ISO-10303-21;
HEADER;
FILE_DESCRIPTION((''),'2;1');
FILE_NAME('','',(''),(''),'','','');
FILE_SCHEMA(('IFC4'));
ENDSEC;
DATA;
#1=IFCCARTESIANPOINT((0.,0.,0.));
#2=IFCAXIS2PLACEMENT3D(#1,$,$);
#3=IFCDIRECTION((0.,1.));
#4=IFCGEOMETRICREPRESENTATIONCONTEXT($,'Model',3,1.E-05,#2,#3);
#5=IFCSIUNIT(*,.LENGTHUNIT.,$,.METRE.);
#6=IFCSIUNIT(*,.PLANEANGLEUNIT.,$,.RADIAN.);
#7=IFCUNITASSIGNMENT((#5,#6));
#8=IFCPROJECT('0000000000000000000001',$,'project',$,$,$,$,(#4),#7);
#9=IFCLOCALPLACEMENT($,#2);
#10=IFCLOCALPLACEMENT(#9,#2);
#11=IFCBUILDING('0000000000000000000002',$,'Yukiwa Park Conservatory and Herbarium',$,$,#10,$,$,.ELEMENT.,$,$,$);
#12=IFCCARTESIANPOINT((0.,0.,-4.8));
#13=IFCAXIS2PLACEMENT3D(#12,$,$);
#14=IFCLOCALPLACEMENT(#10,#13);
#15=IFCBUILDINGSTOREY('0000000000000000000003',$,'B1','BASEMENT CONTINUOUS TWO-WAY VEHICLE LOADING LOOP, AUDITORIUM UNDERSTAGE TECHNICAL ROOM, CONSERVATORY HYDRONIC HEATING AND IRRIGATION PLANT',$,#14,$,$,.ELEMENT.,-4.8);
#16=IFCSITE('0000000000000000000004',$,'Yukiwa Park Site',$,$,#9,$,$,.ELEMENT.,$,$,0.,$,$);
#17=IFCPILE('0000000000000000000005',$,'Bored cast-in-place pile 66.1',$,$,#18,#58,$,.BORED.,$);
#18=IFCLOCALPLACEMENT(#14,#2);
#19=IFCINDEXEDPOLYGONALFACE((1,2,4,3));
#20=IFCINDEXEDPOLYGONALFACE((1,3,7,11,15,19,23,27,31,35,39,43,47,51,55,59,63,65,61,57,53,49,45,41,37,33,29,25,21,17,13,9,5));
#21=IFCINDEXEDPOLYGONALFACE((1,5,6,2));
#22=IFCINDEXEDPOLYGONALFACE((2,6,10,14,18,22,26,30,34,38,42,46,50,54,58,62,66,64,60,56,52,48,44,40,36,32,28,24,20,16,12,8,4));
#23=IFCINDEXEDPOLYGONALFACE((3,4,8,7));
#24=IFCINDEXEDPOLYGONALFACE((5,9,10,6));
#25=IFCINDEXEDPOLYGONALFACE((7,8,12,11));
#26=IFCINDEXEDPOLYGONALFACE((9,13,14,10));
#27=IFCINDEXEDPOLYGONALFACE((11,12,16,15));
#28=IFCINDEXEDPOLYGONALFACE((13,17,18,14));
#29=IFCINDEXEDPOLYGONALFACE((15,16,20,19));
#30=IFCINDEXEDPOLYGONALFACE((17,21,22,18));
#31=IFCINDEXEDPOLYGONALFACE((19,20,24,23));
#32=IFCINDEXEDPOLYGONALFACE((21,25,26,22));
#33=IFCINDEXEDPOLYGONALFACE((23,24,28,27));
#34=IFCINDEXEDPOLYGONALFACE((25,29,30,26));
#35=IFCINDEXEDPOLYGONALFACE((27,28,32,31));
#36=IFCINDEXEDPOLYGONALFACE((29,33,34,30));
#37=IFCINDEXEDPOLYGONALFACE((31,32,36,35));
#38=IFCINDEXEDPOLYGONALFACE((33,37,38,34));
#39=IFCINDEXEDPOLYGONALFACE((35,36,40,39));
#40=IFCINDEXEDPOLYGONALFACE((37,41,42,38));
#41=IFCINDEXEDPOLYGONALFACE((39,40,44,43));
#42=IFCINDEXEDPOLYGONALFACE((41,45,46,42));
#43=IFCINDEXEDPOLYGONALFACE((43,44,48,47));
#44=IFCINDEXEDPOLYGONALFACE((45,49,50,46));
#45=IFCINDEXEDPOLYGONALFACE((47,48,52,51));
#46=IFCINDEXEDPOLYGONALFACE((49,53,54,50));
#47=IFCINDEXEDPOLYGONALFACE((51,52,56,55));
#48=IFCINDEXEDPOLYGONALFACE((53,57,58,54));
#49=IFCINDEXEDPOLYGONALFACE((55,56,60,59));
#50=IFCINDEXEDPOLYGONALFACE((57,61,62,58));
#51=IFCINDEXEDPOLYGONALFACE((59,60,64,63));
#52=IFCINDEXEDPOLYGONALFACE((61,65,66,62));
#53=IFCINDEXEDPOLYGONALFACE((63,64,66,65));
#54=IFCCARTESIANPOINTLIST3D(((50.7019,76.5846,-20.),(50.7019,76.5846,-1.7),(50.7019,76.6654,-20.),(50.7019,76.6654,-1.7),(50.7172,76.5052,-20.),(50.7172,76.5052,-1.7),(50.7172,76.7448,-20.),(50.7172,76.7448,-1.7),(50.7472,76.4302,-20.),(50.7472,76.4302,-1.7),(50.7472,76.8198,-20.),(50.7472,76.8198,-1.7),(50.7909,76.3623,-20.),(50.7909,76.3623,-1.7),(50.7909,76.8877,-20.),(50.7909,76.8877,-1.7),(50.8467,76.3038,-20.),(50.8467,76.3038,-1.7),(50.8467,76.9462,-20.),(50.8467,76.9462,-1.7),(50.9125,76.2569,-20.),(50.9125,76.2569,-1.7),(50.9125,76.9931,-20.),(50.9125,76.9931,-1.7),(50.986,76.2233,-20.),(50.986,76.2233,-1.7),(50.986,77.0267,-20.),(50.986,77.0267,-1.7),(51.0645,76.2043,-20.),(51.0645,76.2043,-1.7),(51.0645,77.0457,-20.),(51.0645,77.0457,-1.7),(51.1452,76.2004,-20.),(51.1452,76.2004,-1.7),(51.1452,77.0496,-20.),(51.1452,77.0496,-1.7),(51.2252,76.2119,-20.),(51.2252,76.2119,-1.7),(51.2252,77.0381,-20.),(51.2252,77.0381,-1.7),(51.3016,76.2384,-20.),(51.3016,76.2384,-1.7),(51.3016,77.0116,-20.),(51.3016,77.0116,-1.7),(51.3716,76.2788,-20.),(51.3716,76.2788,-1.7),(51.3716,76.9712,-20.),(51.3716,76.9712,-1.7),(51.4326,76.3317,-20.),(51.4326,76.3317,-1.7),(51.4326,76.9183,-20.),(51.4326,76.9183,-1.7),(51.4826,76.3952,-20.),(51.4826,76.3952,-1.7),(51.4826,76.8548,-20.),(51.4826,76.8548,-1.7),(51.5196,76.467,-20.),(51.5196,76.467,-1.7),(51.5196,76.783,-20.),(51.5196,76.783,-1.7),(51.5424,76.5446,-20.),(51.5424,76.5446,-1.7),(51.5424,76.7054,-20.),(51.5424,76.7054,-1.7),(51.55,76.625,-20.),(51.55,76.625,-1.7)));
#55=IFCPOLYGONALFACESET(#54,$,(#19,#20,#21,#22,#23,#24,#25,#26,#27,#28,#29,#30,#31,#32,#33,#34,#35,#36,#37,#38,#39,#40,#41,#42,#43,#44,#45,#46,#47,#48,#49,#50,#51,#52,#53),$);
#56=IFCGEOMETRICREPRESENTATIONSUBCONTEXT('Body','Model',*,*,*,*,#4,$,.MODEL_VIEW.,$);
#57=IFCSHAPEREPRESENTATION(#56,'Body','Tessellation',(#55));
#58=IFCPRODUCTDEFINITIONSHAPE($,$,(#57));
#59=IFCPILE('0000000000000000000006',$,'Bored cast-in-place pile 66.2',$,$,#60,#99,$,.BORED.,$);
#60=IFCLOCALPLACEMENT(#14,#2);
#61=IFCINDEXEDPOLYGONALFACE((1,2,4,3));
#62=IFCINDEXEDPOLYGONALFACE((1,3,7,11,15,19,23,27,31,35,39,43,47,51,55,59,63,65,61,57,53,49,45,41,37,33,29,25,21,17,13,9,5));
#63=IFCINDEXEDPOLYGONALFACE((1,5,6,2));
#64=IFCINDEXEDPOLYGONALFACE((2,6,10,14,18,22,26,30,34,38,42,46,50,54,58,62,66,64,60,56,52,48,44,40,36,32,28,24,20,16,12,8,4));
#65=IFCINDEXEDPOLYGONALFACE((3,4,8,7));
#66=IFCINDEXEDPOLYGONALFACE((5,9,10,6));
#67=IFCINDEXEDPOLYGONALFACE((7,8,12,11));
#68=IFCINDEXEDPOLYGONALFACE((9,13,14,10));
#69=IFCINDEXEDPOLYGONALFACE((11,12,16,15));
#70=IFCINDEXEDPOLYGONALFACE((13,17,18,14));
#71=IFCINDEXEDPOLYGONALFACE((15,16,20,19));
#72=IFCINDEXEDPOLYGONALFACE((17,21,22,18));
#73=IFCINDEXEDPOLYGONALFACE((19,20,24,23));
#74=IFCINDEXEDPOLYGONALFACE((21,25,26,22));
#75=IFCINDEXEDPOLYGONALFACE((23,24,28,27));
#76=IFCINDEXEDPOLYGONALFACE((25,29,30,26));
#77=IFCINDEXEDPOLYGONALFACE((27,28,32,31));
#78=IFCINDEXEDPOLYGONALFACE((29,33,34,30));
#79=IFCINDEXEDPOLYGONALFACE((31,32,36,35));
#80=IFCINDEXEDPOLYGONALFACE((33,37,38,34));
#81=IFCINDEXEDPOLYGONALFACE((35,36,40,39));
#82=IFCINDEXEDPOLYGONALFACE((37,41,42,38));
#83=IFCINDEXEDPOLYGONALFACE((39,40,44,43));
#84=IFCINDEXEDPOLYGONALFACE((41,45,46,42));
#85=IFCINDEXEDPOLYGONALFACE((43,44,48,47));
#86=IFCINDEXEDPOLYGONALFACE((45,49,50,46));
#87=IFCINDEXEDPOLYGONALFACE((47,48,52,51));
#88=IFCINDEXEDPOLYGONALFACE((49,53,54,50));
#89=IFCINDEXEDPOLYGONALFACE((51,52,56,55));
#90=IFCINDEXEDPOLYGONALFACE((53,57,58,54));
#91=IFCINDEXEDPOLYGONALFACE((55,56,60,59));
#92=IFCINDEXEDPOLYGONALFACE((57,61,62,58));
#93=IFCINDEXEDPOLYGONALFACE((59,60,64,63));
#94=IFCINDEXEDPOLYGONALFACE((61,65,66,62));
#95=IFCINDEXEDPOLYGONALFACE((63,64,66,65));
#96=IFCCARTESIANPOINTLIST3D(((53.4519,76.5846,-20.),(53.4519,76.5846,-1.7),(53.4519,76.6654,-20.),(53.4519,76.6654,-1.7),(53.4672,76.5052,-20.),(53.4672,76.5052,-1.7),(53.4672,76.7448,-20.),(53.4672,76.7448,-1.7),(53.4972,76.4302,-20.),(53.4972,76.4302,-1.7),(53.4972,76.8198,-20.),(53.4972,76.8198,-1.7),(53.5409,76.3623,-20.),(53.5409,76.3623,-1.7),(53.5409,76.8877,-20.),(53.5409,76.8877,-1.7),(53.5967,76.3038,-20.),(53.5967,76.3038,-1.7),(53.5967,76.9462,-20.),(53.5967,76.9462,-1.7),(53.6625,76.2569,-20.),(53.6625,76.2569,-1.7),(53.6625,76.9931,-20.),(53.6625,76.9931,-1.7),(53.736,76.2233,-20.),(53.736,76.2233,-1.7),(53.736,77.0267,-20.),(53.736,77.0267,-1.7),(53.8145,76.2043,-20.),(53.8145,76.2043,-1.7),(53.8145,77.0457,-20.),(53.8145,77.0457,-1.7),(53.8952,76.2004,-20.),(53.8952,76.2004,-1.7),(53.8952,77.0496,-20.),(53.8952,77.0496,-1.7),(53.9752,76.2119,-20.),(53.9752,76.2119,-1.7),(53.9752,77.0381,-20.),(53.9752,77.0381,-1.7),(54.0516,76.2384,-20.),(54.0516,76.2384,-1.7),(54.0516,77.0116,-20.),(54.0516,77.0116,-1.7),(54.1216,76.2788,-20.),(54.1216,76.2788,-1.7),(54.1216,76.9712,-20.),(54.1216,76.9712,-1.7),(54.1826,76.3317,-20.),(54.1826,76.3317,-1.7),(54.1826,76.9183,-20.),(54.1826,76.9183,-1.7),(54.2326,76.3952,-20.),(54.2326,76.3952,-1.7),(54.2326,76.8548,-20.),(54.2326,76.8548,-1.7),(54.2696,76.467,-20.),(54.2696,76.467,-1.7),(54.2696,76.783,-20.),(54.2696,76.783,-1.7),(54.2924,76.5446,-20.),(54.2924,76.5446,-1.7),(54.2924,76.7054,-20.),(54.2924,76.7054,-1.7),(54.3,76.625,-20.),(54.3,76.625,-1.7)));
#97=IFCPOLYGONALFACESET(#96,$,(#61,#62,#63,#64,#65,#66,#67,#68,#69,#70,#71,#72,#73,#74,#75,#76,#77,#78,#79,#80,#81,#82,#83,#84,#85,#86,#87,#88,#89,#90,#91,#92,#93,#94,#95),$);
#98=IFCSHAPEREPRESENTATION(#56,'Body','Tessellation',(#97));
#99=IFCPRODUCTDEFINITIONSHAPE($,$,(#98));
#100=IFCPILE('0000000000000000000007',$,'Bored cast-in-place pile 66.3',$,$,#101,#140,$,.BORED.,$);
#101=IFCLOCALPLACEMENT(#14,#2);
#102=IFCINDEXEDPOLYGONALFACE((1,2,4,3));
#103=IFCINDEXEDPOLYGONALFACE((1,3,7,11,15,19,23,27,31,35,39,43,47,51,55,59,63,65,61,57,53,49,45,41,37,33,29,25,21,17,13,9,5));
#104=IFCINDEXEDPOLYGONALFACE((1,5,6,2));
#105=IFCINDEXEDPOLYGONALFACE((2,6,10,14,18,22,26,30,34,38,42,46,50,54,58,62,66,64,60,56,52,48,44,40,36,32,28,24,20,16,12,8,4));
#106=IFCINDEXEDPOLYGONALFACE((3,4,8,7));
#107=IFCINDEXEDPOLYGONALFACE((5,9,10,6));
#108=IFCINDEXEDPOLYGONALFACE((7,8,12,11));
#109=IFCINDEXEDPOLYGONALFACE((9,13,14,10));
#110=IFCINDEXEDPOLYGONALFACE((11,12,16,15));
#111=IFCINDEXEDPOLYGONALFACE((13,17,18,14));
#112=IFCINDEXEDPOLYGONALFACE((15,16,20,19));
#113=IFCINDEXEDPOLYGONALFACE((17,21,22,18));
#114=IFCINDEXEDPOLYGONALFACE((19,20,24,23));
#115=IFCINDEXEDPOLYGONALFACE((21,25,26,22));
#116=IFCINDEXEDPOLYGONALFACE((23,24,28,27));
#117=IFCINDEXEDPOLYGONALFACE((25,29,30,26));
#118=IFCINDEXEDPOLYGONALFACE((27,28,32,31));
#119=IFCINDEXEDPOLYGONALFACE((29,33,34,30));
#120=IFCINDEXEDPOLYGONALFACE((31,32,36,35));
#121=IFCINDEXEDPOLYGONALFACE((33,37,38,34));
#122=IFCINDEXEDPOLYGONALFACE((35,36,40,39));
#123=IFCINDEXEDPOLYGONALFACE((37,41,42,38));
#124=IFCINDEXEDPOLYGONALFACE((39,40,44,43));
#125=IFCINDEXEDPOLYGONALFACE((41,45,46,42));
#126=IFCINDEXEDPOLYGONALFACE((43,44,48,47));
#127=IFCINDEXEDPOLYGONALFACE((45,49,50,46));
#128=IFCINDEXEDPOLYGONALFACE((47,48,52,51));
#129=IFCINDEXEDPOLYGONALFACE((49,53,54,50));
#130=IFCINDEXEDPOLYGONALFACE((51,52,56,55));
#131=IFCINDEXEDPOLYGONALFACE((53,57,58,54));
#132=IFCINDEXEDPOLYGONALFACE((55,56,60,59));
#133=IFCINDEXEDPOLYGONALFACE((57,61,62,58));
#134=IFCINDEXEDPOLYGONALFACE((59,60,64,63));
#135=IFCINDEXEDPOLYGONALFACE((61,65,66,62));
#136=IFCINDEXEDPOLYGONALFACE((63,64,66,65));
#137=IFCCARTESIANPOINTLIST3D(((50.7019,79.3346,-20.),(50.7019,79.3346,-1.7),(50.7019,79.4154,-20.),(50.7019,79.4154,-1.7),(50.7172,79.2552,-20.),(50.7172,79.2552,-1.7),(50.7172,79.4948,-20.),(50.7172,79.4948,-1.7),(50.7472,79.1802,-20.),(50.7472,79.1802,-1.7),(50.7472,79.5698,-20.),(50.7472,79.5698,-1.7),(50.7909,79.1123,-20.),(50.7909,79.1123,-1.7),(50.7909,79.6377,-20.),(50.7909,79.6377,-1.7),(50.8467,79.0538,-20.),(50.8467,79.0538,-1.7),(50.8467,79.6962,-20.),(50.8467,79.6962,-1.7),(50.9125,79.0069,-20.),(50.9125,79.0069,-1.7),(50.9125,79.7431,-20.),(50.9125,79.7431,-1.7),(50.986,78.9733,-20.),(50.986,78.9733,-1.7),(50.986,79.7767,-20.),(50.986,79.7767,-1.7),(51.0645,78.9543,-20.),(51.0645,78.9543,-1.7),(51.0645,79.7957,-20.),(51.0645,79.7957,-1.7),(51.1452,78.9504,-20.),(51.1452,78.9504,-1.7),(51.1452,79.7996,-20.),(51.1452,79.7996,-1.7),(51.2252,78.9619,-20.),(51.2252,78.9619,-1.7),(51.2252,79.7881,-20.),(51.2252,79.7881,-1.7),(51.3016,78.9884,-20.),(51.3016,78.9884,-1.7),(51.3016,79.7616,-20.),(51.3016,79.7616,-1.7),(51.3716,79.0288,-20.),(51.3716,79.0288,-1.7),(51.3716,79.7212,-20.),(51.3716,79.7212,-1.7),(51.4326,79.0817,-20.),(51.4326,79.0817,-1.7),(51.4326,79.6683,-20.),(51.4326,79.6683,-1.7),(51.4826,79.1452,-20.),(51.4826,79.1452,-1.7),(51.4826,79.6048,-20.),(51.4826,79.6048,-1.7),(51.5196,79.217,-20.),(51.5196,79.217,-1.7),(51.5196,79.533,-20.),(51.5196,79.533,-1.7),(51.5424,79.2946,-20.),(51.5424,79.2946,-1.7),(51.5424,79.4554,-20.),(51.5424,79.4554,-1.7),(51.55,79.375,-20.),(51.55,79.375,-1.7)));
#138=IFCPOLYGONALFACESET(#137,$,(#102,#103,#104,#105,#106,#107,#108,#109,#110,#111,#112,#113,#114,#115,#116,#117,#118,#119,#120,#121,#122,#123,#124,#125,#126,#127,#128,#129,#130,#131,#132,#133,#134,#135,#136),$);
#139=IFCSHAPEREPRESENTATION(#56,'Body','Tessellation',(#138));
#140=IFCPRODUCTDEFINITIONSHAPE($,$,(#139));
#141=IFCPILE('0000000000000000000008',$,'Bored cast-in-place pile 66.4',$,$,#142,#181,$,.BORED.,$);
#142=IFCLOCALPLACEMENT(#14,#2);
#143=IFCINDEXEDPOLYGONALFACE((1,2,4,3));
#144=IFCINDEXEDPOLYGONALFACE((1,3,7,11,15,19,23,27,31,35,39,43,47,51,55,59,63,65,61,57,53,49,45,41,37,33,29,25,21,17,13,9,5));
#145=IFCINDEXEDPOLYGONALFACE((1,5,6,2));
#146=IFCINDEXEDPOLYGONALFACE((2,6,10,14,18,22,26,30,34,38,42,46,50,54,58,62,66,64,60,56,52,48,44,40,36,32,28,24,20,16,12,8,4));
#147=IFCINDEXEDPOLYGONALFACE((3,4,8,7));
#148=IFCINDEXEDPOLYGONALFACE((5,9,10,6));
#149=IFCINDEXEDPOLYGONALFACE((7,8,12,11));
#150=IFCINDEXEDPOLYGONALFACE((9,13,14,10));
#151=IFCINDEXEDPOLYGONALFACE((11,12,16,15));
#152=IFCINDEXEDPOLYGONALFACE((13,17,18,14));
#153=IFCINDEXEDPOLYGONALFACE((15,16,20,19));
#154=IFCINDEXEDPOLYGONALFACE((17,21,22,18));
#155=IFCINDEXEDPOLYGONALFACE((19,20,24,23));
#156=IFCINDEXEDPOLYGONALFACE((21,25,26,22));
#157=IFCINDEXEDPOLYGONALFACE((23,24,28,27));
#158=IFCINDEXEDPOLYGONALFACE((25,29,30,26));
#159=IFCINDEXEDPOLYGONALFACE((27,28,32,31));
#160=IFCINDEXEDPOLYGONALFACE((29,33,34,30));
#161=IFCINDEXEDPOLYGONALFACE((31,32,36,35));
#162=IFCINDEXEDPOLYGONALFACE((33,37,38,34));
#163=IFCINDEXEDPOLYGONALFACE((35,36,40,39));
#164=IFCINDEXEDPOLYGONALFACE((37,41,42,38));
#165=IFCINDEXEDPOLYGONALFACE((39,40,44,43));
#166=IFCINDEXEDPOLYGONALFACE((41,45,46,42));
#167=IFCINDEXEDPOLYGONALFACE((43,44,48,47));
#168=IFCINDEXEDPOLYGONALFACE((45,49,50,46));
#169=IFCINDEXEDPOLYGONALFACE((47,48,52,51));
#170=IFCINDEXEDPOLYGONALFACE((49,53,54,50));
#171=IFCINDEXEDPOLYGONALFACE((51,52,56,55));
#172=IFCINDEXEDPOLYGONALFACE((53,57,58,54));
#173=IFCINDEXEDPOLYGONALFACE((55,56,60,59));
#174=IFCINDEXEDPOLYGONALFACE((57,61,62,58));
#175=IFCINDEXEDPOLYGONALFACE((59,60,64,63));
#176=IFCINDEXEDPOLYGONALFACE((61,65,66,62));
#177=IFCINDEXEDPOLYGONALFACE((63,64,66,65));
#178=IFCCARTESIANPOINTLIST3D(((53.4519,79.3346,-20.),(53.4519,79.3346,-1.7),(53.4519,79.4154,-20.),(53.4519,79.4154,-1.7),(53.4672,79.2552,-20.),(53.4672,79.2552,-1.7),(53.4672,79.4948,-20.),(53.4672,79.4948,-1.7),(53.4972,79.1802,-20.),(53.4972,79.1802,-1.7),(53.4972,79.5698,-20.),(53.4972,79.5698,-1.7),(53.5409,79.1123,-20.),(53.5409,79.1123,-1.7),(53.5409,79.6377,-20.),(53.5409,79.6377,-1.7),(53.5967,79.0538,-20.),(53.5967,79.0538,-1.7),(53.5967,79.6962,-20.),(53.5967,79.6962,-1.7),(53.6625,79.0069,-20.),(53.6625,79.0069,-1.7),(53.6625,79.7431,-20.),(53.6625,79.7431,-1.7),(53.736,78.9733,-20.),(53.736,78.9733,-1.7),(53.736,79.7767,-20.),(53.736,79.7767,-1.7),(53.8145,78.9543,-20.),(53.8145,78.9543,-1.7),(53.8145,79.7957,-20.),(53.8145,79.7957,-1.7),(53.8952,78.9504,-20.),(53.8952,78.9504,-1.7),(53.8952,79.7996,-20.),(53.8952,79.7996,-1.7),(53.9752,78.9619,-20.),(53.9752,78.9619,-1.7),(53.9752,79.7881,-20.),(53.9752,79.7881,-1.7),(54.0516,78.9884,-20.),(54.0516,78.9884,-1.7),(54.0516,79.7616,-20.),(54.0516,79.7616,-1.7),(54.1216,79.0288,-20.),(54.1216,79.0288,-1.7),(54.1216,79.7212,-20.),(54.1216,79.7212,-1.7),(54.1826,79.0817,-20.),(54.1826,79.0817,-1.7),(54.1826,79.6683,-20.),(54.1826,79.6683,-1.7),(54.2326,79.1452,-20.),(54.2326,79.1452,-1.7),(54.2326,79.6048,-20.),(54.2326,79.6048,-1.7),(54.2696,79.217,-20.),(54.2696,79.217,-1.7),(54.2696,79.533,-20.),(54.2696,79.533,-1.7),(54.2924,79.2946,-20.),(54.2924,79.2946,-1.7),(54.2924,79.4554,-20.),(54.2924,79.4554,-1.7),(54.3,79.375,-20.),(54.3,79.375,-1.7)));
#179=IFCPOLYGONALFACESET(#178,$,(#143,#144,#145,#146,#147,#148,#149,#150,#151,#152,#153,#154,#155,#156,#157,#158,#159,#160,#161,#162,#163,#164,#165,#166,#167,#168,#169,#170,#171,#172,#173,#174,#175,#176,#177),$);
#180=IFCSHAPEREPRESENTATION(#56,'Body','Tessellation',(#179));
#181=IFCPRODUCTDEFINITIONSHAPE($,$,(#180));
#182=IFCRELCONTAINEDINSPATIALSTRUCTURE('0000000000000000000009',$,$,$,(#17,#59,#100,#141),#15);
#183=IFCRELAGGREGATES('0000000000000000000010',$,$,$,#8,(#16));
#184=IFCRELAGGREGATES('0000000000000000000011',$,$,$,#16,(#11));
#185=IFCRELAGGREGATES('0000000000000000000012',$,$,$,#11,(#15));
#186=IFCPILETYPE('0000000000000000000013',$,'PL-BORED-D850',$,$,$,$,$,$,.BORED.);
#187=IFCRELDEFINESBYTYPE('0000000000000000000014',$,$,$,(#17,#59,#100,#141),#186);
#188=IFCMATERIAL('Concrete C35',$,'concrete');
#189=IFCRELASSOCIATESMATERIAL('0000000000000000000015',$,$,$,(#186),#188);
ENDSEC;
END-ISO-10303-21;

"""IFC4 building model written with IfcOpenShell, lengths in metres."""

from ifc_helpers import new_model, si_unit, direction, frame, origin, origin_2d, place, context, subcontext, project, spatial, circle, extrude, material, material_profile, profile_set, type_object, element, save


model = new_model("IFC4")

# Units and contexts
model_context = context("Model", 3, precision=1e-05, world=origin(), true_north=direction((0.0, 1.0)))
body_context = subcontext(model_context, "Body", "Model", "MODEL_VIEW")
ifc_project = project(units=[si_unit("LENGTHUNIT", "METRE"), si_unit("PLANEANGLEUNIT", "RADIAN")], contexts=[model_context])

# Site, building, storey
site_placement = place(None, origin())
site = spatial("IfcSite", under=ifc_project, at=site_placement, Name="Yukiwa Park Site", CompositionType="ELEMENT", RefElevation=0.0)
building_placement = place(site_placement, origin())
building = spatial("IfcBuilding", under=site, at=building_placement, Name="Yukiwa Park Conservatory and Herbarium", CompositionType="ELEMENT")
storey_placement = place(building_placement, frame((0.0, 0.0, -4.8)))
storey = spatial("IfcBuildingStorey", under=building, at=storey_placement, Name="B1", Description="BASEMENT CONTINUOUS TWO-WAY VEHICLE LOADING LOOP, AUDITORIUM UNDERSTAGE TECHNICAL ROOM, CONSERVATORY HYDRONIC HEATING AND IRRIGATION PLANT", CompositionType="ELEMENT", Elevation=-4.8)

# Piles
ifc_material_1 = material(Name="Concrete C35", Category="concrete")
ifc_material_profile_1 = material_profile(ifc_material_1, circle(Radius=0.425, at=origin_2d()), Name="PILE D850")
ifc_profile_set_1 = profile_set([ifc_material_profile_1], Name="Concrete C35")
pile_type_1 = type_object("IfcPileType", Name="PL-BORED-D850", PredefinedType="BORED", material=ifc_profile_set_1)
for number, where, z_axis, x_axis, name in (
    (1, (51.125, 76.625, -1.7), (0.0, 0.0, -1.0), (1.0, 0.0, 0.0), "Bored cast-in-place pile 66.1"),
    (2, (53.875, 76.625, -1.7), (0.0, 0.0, -1.0), (1.0, 0.0, 0.0), "Bored cast-in-place pile 66.2"),
    (3, (51.125, 79.375, -1.7), (0.0, 0.0, -1.0), (1.0, 0.0, 0.0), "Bored cast-in-place pile 66.3"),
    (4, (53.875, 79.375, -1.7), (0.0, 0.0, -1.0), (1.0, 0.0, 0.0), "Bored cast-in-place pile 66.4"),
):
    element("IfcPile", number, at=place(storey_placement, frame(where, z_axis=z_axis, x_axis=x_axis)), inside=storey, type_object=pile_type_1, Name=name, PredefinedType="BORED", context=body_context, shape_type="SweptSolid", body=[
        extrude(circle(Radius=0.425, at=origin_2d()), origin(), (0.0, 0.0, 1.0), 18.3),
    ])

save(model, "model.ifc")
